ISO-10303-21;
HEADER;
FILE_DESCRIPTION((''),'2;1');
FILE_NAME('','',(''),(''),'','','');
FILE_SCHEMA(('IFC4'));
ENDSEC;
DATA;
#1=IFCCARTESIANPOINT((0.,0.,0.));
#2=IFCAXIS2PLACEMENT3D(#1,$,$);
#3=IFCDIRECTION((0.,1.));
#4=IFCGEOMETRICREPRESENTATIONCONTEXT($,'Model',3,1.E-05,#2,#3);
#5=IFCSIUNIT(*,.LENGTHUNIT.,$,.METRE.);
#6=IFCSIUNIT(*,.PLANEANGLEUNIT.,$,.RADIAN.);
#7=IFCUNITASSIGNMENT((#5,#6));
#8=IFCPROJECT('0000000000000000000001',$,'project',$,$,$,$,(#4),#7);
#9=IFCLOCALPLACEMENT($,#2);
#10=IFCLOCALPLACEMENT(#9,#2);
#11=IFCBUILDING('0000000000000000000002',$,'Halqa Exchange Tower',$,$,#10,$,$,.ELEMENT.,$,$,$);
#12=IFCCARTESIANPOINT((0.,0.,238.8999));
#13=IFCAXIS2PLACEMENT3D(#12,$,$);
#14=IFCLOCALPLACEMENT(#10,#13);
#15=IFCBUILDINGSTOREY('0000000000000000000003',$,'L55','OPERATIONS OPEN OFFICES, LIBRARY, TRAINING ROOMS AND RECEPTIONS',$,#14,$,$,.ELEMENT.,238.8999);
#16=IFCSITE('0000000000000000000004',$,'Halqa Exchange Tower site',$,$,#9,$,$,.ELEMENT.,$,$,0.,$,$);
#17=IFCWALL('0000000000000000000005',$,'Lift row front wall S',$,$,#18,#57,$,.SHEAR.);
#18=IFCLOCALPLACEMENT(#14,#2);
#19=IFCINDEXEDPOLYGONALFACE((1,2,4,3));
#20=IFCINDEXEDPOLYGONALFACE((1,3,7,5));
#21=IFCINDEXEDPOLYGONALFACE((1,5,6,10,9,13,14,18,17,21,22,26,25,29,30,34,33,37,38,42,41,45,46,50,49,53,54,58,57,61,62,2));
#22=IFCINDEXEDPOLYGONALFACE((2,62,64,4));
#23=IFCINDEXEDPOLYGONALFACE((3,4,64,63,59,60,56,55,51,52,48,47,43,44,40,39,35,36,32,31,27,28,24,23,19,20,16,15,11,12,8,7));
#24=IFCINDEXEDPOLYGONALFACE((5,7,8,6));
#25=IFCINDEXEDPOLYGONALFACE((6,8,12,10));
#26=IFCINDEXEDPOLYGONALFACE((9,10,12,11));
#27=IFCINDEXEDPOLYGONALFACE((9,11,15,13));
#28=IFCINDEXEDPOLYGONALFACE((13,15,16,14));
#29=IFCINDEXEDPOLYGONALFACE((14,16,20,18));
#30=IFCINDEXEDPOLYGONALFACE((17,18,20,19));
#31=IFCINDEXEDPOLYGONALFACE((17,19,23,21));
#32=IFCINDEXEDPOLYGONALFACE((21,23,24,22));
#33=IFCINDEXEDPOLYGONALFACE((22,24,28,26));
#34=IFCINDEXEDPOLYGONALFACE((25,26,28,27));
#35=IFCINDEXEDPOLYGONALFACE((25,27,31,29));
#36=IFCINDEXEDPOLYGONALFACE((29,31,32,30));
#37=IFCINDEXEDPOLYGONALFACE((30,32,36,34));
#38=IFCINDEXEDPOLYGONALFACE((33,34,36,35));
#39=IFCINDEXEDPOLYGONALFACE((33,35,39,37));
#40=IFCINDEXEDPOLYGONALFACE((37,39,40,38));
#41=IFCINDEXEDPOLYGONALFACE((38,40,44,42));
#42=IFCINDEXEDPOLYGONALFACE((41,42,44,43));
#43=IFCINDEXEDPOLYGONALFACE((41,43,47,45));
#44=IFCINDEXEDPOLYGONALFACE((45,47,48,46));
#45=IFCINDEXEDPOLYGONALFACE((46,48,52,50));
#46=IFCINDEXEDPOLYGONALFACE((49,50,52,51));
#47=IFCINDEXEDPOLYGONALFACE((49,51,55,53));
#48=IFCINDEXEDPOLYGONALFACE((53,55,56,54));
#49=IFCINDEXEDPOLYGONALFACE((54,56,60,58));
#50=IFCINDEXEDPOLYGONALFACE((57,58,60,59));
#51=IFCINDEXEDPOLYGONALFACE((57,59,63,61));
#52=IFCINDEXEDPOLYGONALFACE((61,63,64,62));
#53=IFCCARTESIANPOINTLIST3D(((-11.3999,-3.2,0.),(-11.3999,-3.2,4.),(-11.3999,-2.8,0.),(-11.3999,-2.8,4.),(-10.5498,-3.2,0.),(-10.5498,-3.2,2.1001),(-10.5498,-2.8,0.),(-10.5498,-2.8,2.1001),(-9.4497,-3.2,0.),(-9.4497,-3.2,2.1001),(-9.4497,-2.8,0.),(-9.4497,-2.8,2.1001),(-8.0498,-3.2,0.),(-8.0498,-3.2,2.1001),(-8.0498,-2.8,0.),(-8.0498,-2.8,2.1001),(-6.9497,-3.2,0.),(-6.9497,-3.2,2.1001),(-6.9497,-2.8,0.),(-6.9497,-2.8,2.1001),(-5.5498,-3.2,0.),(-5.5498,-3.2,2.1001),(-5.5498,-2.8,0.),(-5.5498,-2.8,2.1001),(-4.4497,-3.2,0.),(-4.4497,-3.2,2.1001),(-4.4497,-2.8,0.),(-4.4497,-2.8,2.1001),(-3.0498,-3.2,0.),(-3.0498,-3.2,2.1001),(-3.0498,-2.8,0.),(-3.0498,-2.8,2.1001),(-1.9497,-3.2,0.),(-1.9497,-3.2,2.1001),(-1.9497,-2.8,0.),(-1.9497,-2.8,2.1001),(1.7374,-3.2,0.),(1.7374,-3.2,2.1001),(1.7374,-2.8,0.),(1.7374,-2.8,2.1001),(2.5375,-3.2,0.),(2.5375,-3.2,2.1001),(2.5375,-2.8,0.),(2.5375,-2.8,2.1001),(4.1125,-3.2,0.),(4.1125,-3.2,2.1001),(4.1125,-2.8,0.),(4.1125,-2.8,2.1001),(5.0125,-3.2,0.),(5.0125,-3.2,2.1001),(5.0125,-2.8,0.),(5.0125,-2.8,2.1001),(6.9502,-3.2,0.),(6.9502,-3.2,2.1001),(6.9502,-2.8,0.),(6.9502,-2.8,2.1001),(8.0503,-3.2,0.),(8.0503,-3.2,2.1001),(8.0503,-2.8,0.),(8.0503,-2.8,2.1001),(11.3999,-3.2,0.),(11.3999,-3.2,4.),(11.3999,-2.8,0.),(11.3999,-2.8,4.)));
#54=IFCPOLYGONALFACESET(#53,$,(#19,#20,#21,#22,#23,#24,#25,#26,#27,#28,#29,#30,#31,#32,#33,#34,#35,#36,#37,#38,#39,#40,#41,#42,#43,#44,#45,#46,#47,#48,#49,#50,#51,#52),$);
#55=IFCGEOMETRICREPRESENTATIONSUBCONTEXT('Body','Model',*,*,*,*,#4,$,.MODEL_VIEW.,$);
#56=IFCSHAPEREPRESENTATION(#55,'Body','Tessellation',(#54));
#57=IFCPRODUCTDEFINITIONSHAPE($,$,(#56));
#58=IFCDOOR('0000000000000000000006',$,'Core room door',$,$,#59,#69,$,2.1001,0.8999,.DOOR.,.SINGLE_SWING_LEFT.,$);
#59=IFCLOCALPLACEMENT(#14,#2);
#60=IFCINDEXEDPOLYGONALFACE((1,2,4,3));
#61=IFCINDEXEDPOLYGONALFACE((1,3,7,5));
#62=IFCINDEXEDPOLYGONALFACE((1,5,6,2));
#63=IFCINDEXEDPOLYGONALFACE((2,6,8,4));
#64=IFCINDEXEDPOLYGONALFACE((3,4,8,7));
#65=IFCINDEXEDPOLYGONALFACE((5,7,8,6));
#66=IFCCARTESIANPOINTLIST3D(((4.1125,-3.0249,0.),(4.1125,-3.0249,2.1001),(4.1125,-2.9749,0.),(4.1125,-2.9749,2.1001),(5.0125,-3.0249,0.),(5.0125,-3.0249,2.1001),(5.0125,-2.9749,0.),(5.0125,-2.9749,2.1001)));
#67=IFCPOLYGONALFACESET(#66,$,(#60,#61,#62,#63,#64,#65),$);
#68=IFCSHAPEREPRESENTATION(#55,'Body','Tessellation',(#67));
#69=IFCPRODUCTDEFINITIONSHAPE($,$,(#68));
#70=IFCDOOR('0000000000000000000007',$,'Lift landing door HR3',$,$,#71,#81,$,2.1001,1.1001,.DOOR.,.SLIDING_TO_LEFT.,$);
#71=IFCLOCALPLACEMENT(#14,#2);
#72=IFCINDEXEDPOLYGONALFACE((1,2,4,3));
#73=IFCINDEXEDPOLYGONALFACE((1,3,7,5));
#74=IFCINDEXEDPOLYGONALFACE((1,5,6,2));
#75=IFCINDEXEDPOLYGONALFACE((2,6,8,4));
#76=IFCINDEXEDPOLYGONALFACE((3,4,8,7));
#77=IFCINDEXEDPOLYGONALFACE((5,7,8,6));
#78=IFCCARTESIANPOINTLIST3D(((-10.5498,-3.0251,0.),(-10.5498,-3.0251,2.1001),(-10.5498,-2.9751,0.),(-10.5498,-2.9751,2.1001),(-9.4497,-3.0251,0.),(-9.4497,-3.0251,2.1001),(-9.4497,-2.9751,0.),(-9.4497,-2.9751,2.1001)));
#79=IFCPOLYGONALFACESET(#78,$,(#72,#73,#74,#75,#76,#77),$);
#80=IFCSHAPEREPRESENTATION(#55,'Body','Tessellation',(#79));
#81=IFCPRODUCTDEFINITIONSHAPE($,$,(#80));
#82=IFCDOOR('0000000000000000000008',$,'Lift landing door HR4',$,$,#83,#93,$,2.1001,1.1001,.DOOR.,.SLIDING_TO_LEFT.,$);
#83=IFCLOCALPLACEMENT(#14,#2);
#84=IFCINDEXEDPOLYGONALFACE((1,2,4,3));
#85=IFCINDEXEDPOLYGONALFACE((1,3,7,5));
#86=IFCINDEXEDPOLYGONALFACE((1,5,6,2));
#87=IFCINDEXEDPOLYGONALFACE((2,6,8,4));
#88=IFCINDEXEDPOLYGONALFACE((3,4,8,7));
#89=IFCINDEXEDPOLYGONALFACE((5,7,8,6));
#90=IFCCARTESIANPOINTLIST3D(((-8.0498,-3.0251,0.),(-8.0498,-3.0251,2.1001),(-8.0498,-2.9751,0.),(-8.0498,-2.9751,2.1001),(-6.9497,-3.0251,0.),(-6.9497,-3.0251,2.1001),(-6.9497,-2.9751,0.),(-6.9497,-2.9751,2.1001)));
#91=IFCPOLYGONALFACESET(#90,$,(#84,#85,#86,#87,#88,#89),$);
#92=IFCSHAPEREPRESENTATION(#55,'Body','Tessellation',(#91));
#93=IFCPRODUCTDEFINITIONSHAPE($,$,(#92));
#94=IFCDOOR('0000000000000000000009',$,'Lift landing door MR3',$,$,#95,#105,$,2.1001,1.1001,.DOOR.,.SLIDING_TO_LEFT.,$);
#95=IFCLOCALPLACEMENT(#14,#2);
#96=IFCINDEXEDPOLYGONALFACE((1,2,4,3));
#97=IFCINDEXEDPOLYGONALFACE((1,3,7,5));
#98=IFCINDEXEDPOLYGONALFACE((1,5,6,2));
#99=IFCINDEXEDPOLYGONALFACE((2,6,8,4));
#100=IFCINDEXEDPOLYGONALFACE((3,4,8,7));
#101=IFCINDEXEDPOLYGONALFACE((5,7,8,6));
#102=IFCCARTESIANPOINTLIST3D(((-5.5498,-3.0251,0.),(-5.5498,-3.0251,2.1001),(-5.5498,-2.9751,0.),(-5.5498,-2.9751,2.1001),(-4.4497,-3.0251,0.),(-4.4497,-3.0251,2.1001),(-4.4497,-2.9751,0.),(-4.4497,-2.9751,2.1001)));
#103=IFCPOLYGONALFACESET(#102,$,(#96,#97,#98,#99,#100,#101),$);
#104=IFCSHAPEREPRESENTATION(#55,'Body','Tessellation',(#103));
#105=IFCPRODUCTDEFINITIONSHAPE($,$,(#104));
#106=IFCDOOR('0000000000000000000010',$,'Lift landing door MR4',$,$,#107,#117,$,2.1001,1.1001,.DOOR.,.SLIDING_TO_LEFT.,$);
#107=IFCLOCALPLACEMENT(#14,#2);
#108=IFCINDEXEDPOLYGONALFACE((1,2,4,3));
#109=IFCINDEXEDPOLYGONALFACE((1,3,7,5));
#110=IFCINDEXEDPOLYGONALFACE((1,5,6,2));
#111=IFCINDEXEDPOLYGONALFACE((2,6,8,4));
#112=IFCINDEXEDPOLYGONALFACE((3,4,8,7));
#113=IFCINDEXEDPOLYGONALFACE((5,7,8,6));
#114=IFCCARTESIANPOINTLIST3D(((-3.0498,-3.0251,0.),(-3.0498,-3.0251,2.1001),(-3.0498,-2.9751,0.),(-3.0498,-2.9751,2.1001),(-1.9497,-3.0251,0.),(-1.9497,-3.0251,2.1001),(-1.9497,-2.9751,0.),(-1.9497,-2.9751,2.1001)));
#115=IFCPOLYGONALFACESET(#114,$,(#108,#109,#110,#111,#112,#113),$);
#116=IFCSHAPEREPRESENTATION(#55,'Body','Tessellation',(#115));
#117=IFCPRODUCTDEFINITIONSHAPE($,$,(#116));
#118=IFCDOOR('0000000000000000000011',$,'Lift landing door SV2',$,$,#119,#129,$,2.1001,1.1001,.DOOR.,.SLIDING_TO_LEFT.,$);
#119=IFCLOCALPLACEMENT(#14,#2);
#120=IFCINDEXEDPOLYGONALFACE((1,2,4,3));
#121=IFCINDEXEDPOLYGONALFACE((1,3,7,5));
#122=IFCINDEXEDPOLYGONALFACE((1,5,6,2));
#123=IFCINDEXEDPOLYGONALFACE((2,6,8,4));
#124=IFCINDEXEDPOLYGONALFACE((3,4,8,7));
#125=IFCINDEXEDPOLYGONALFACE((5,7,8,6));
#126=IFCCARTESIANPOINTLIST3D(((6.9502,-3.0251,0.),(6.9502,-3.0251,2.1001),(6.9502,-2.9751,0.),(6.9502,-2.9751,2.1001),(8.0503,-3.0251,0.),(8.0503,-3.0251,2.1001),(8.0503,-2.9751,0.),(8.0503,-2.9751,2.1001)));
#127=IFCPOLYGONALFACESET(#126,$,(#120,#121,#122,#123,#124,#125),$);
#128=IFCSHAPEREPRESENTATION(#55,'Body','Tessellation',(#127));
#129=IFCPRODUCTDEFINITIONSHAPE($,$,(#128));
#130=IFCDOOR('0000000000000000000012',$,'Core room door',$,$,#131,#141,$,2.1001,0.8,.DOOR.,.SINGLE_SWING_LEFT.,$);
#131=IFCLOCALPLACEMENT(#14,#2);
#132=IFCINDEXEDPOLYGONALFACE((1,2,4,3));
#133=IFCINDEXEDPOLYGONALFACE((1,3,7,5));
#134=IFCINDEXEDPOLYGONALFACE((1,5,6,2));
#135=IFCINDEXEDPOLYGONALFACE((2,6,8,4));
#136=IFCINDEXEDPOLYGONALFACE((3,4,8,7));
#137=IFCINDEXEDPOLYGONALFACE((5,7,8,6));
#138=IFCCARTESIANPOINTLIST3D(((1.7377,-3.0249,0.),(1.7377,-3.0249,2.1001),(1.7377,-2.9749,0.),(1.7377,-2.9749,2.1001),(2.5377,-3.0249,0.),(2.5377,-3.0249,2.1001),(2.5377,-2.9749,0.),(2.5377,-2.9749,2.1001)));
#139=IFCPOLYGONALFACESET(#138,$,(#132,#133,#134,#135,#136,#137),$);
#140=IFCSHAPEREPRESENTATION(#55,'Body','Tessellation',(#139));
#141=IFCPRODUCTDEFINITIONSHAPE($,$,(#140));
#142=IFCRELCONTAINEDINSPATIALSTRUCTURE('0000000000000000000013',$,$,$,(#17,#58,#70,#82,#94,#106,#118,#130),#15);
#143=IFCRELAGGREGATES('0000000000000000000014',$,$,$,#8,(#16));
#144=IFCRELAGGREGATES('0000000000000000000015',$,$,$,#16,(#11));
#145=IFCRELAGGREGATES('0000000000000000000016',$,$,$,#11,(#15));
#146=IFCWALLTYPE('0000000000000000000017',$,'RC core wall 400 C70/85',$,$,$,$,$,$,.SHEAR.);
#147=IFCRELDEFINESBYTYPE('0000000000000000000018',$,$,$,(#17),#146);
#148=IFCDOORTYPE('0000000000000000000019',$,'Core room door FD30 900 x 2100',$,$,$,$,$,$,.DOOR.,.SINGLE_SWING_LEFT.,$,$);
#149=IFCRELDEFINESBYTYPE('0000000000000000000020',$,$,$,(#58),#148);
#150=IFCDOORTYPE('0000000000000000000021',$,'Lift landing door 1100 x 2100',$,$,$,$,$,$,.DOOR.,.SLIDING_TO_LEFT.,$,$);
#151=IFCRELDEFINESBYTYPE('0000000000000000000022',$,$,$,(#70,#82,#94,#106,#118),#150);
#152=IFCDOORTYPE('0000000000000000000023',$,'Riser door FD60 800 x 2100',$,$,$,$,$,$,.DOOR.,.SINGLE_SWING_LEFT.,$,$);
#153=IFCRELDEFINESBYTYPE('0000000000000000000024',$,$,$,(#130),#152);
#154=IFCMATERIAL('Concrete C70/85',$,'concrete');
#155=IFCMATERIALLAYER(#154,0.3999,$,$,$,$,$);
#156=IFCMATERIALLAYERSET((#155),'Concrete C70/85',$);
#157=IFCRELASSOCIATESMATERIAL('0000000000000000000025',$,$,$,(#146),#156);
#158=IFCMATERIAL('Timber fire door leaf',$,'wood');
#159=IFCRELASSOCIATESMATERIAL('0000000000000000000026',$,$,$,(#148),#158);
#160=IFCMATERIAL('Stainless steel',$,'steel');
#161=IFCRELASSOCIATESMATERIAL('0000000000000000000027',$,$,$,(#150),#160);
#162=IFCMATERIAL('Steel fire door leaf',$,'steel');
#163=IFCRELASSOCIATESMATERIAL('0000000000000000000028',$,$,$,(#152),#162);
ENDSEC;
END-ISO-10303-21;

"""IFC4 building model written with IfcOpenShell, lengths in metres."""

from ifc_helpers import new_model, si_unit, direction, frame, frame_2d, origin, place, context, subcontext, project, spatial, rectangle, extrude, material, layer, layer_set, type_object, element, fill, save


model = new_model("IFC4")

# Units and contexts
model_context = context("Model", 3, precision=1e-05, world=origin(), true_north=direction((0.0, 1.0)))
body_context = subcontext(model_context, "Body", "Model", "MODEL_VIEW")
ifc_project = project(units=[si_unit("LENGTHUNIT", "METRE"), si_unit("PLANEANGLEUNIT", "RADIAN")], contexts=[model_context])

# Site, building, storey
site_placement = place(None, origin())
site = spatial("IfcSite", under=ifc_project, at=site_placement, Name="Halqa Exchange Tower site", CompositionType="ELEMENT", RefElevation=0.0)
building_placement = place(site_placement, origin())
building = spatial("IfcBuilding", under=site, at=building_placement, Name="Halqa Exchange Tower", CompositionType="ELEMENT")
storey_placement = place(building_placement, frame((0.0, 0.0, 238.8999)))
storey = spatial("IfcBuildingStorey", under=building, at=storey_placement, Name="L55", Description="OPERATIONS OPEN OFFICES, LIBRARY, TRAINING ROOMS AND RECEPTIONS", CompositionType="ELEMENT", Elevation=238.8999)

# Wall, openings, doors
ifc_material_1 = material(Name="Concrete C70/85", Category="concrete")
ifc_layer_1 = layer(ifc_material_1, 0.3999)
ifc_layer_set_1 = layer_set([ifc_layer_1], Name="Concrete C70/85")
wall_type_1 = type_object("IfcWallType", Name="RC core wall 400 C70/85", PredefinedType="SHEAR", material=ifc_layer_set_1)
wall_1_placement = place(storey_placement, frame((-11.3999, -3.0, 0.0), z_axis=(0.0, 0.0, 1.0), x_axis=(1.0, 0.0, 0.0)))
wall_1 = element("IfcWall", 1, at=wall_1_placement, inside=storey, type_object=wall_type_1, Name="Lift row front wall S", PredefinedType="SHEAR", context=body_context, shape_type="SweptSolid", body=[
    extrude(rectangle(XDim=22.7998, YDim=0.3999, at=frame_2d((11.3999, 0.0))), origin(), (0.0, 0.0, 1.0), 4.0),
])
opening_1_placement = place(wall_1_placement, frame((0.8501, 0.0, 0.0)))
opening_1 = element("IfcOpeningElement", 2, at=opening_1_placement, cuts=wall_1, PredefinedType="OPENING", context=body_context, shape_type="SweptSolid", body=[
    extrude(rectangle(XDim=1.1001, YDim=2.1001, at=frame_2d((0.55, 1.05))), frame((0.0, 0.2119, 0.0), z_axis=(0.0, -1.0, 0.0), x_axis=(1.0, 0.0, 0.0)), (0.0, 0.0, 1.0), 0.4238),
])
opening_2_placement = place(wall_1_placement, frame((3.3501, 0.0, 0.0)))
opening_2 = element("IfcOpeningElement", 3, at=opening_2_placement, cuts=wall_1, PredefinedType="OPENING", context=body_context, shape_type="SweptSolid", body=[
    extrude(rectangle(XDim=1.1001, YDim=2.1001, at=frame_2d((0.55, 1.05))), frame((0.0, 0.2119, 0.0), z_axis=(0.0, -1.0, 0.0), x_axis=(1.0, 0.0, 0.0)), (0.0, 0.0, 1.0), 0.4238),
])
opening_3_placement = place(wall_1_placement, frame((5.8501, 0.0, 0.0)))
opening_3 = element("IfcOpeningElement", 4, at=opening_3_placement, cuts=wall_1, PredefinedType="OPENING", context=body_context, shape_type="SweptSolid", body=[
    extrude(rectangle(XDim=1.1001, YDim=2.1001, at=frame_2d((0.55, 1.05))), frame((0.0, 0.2119, 0.0), z_axis=(0.0, -1.0, 0.0), x_axis=(1.0, 0.0, 0.0)), (0.0, 0.0, 1.0), 0.4238),
])
opening_4_placement = place(wall_1_placement, frame((8.3501, 0.0, 0.0)))
opening_4 = element("IfcOpeningElement", 5, at=opening_4_placement, cuts=wall_1, PredefinedType="OPENING", context=body_context, shape_type="SweptSolid", body=[
    extrude(rectangle(XDim=1.1001, YDim=2.1001, at=frame_2d((0.55, 1.05))), frame((0.0, 0.2119, 0.0), z_axis=(0.0, -1.0, 0.0), x_axis=(1.0, 0.0, 0.0)), (0.0, 0.0, 1.0), 0.4238),
])
opening_5_placement = place(wall_1_placement, frame((18.3501, 0.0, 0.0)))
opening_5 = element("IfcOpeningElement", 6, at=opening_5_placement, cuts=wall_1, PredefinedType="OPENING", context=body_context, shape_type="SweptSolid", body=[
    extrude(rectangle(XDim=1.1001, YDim=2.1001, at=frame_2d((0.55, 1.05))), frame((0.0, 0.2119, 0.0), z_axis=(0.0, -1.0, 0.0), x_axis=(1.0, 0.0, 0.0)), (0.0, 0.0, 1.0), 0.4238),
])
opening_6_placement = place(wall_1_placement, frame((13.1375, 0.0, 0.0)))
opening_6 = element("IfcOpeningElement", 7, at=opening_6_placement, cuts=wall_1, PredefinedType="OPENING", context=body_context, shape_type="SweptSolid", body=[
    extrude(rectangle(XDim=0.8, YDim=2.1001, at=frame_2d((0.3999, 1.05))), frame((0.0, 0.2119, 0.0), z_axis=(0.0, -1.0, 0.0), x_axis=(1.0, 0.0, 0.0)), (0.0, 0.0, 1.0), 0.4238),
])
opening_7_placement = place(wall_1_placement, frame((15.5125, 0.0, 0.0)))
opening_7 = element("IfcOpeningElement", 8, at=opening_7_placement, cuts=wall_1, PredefinedType="OPENING", context=body_context, shape_type="SweptSolid", body=[
    extrude(rectangle(XDim=0.8999, YDim=2.1001, at=frame_2d((0.45, 1.05))), frame((0.0, 0.2119, 0.0), z_axis=(0.0, -1.0, 0.0), x_axis=(1.0, 0.0, 0.0)), (0.0, 0.0, 1.0), 0.4238),
])
ifc_material_2 = material(Name="Timber fire door leaf", Category="wood")
door_type_1 = type_object("IfcDoorType", Name="Core room door FD30 900 x 2100", OperationType="SINGLE_SWING_LEFT", PredefinedType="DOOR", material=ifc_material_2)
door_1_placement = place(opening_7_placement, frame((0.8999, 0.0, 0.0), z_axis=(0.0, 0.0, 1.0), x_axis=(-1.0, 0.0, 0.0)))
door_1 = element("IfcDoor", 9, at=door_1_placement, inside=storey, type_object=door_type_1, Name="Core room door", OperationType="SINGLE_SWING_LEFT", OverallHeight=2.1001, OverallWidth=0.8999, PredefinedType="DOOR", context=body_context, shape_type="SweptSolid", body=[
    extrude(rectangle(XDim=0.8999, YDim=2.1001, at=frame_2d((0.45, 1.05))), frame((0.0, 0.0249, 0.0), z_axis=(0.0, -1.0, 0.0), x_axis=(1.0, 0.0, 0.0)), (0.0, 0.0, 1.0), 0.05),
])
fill(opening_7, door_1)
ifc_material_3 = material(Name="Stainless steel", Category="steel")
door_type_2 = type_object("IfcDoorType", Name="Lift landing door 1100 x 2100", OperationType="SLIDING_TO_LEFT", PredefinedType="DOOR", material=ifc_material_3)
door_2_placement = place(opening_1_placement, origin())
door_2 = element("IfcDoor", 10, at=door_2_placement, inside=storey, type_object=door_type_2, Name="Lift landing door HR3", OperationType="SLIDING_TO_LEFT", OverallHeight=2.1001, OverallWidth=1.1001, PredefinedType="DOOR", context=body_context, shape_type="SweptSolid", body=[
    extrude(rectangle(XDim=1.1001, YDim=2.1001, at=frame_2d((0.55, 1.05))), frame((0.0, 0.0249, 0.0), z_axis=(0.0, -1.0, 0.0), x_axis=(1.0, 0.0, 0.0)), (0.0, 0.0, 1.0), 0.05),
])
fill(opening_1, door_2)
door_3_placement = place(opening_2_placement, origin())
door_3 = element("IfcDoor", 11, at=door_3_placement, inside=storey, type_object=door_type_2, Name="Lift landing door HR4", OperationType="SLIDING_TO_LEFT", OverallHeight=2.1001, OverallWidth=1.1001, PredefinedType="DOOR", context=body_context, shape_type="SweptSolid", body=[
    extrude(rectangle(XDim=1.1001, YDim=2.1001, at=frame_2d((0.55, 1.05))), frame((0.0, 0.0249, 0.0), z_axis=(0.0, -1.0, 0.0), x_axis=(1.0, 0.0, 0.0)), (0.0, 0.0, 1.0), 0.05),
])
fill(opening_2, door_3)
door_4_placement = place(opening_3_placement, origin())
door_4 = element("IfcDoor", 12, at=door_4_placement, inside=storey, type_object=door_type_2, Name="Lift landing door MR3", OperationType="SLIDING_TO_LEFT", OverallHeight=2.1001, OverallWidth=1.1001, PredefinedType="DOOR", context=body_context, shape_type="SweptSolid", body=[
    extrude(rectangle(XDim=1.1001, YDim=2.1001, at=frame_2d((0.55, 1.05))), frame((0.0, 0.0249, 0.0), z_axis=(0.0, -1.0, 0.0), x_axis=(1.0, 0.0, 0.0)), (0.0, 0.0, 1.0), 0.05),
])
fill(opening_3, door_4)
door_5_placement = place(opening_4_placement, origin())
door_5 = element("IfcDoor", 13, at=door_5_placement, inside=storey, type_object=door_type_2, Name="Lift landing door MR4", OperationType="SLIDING_TO_LEFT", OverallHeight=2.1001, OverallWidth=1.1001, PredefinedType="DOOR", context=body_context, shape_type="SweptSolid", body=[
    extrude(rectangle(XDim=1.1001, YDim=2.1001, at=frame_2d((0.55, 1.05))), frame((0.0, 0.0249, 0.0), z_axis=(0.0, -1.0, 0.0), x_axis=(1.0, 0.0, 0.0)), (0.0, 0.0, 1.0), 0.05),
])
fill(opening_4, door_5)
door_6_placement = place(opening_5_placement, origin())
door_6 = element("IfcDoor", 14, at=door_6_placement, inside=storey, type_object=door_type_2, Name="Lift landing door SV2", OperationType="SLIDING_TO_LEFT", OverallHeight=2.1001, OverallWidth=1.1001, PredefinedType="DOOR", context=body_context, shape_type="SweptSolid", body=[
    extrude(rectangle(XDim=1.1001, YDim=2.1001, at=frame_2d((0.55, 1.05))), frame((0.0, 0.0249, 0.0), z_axis=(0.0, -1.0, 0.0), x_axis=(1.0, 0.0, 0.0)), (0.0, 0.0, 1.0), 0.05),
])
fill(opening_5, door_6)
ifc_material_4 = material(Name="Steel fire door leaf", Category="steel")
door_type_3 = type_object("IfcDoorType", Name="Riser door FD60 800 x 2100", OperationType="SINGLE_SWING_LEFT", PredefinedType="DOOR", material=ifc_material_4)
door_7_placement = place(opening_6_placement, frame((0.8, 0.0, 0.0), z_axis=(0.0, 0.0, 1.0), x_axis=(-1.0, 0.0, 0.0)))
door_7 = element("IfcDoor", 15, at=door_7_placement, inside=storey, type_object=door_type_3, Name="Core room door", OperationType="SINGLE_SWING_LEFT", OverallHeight=2.1001, OverallWidth=0.8, PredefinedType="DOOR", context=body_context, shape_type="SweptSolid", body=[
    extrude(rectangle(XDim=0.8, YDim=2.1001, at=frame_2d((0.3999, 1.05))), frame((0.0, 0.0249, 0.0), z_axis=(0.0, -1.0, 0.0), x_axis=(1.0, 0.0, 0.0)), (0.0, 0.0, 1.0), 0.05),
])
fill(opening_6, door_7)

save(model, "model.ifc")
